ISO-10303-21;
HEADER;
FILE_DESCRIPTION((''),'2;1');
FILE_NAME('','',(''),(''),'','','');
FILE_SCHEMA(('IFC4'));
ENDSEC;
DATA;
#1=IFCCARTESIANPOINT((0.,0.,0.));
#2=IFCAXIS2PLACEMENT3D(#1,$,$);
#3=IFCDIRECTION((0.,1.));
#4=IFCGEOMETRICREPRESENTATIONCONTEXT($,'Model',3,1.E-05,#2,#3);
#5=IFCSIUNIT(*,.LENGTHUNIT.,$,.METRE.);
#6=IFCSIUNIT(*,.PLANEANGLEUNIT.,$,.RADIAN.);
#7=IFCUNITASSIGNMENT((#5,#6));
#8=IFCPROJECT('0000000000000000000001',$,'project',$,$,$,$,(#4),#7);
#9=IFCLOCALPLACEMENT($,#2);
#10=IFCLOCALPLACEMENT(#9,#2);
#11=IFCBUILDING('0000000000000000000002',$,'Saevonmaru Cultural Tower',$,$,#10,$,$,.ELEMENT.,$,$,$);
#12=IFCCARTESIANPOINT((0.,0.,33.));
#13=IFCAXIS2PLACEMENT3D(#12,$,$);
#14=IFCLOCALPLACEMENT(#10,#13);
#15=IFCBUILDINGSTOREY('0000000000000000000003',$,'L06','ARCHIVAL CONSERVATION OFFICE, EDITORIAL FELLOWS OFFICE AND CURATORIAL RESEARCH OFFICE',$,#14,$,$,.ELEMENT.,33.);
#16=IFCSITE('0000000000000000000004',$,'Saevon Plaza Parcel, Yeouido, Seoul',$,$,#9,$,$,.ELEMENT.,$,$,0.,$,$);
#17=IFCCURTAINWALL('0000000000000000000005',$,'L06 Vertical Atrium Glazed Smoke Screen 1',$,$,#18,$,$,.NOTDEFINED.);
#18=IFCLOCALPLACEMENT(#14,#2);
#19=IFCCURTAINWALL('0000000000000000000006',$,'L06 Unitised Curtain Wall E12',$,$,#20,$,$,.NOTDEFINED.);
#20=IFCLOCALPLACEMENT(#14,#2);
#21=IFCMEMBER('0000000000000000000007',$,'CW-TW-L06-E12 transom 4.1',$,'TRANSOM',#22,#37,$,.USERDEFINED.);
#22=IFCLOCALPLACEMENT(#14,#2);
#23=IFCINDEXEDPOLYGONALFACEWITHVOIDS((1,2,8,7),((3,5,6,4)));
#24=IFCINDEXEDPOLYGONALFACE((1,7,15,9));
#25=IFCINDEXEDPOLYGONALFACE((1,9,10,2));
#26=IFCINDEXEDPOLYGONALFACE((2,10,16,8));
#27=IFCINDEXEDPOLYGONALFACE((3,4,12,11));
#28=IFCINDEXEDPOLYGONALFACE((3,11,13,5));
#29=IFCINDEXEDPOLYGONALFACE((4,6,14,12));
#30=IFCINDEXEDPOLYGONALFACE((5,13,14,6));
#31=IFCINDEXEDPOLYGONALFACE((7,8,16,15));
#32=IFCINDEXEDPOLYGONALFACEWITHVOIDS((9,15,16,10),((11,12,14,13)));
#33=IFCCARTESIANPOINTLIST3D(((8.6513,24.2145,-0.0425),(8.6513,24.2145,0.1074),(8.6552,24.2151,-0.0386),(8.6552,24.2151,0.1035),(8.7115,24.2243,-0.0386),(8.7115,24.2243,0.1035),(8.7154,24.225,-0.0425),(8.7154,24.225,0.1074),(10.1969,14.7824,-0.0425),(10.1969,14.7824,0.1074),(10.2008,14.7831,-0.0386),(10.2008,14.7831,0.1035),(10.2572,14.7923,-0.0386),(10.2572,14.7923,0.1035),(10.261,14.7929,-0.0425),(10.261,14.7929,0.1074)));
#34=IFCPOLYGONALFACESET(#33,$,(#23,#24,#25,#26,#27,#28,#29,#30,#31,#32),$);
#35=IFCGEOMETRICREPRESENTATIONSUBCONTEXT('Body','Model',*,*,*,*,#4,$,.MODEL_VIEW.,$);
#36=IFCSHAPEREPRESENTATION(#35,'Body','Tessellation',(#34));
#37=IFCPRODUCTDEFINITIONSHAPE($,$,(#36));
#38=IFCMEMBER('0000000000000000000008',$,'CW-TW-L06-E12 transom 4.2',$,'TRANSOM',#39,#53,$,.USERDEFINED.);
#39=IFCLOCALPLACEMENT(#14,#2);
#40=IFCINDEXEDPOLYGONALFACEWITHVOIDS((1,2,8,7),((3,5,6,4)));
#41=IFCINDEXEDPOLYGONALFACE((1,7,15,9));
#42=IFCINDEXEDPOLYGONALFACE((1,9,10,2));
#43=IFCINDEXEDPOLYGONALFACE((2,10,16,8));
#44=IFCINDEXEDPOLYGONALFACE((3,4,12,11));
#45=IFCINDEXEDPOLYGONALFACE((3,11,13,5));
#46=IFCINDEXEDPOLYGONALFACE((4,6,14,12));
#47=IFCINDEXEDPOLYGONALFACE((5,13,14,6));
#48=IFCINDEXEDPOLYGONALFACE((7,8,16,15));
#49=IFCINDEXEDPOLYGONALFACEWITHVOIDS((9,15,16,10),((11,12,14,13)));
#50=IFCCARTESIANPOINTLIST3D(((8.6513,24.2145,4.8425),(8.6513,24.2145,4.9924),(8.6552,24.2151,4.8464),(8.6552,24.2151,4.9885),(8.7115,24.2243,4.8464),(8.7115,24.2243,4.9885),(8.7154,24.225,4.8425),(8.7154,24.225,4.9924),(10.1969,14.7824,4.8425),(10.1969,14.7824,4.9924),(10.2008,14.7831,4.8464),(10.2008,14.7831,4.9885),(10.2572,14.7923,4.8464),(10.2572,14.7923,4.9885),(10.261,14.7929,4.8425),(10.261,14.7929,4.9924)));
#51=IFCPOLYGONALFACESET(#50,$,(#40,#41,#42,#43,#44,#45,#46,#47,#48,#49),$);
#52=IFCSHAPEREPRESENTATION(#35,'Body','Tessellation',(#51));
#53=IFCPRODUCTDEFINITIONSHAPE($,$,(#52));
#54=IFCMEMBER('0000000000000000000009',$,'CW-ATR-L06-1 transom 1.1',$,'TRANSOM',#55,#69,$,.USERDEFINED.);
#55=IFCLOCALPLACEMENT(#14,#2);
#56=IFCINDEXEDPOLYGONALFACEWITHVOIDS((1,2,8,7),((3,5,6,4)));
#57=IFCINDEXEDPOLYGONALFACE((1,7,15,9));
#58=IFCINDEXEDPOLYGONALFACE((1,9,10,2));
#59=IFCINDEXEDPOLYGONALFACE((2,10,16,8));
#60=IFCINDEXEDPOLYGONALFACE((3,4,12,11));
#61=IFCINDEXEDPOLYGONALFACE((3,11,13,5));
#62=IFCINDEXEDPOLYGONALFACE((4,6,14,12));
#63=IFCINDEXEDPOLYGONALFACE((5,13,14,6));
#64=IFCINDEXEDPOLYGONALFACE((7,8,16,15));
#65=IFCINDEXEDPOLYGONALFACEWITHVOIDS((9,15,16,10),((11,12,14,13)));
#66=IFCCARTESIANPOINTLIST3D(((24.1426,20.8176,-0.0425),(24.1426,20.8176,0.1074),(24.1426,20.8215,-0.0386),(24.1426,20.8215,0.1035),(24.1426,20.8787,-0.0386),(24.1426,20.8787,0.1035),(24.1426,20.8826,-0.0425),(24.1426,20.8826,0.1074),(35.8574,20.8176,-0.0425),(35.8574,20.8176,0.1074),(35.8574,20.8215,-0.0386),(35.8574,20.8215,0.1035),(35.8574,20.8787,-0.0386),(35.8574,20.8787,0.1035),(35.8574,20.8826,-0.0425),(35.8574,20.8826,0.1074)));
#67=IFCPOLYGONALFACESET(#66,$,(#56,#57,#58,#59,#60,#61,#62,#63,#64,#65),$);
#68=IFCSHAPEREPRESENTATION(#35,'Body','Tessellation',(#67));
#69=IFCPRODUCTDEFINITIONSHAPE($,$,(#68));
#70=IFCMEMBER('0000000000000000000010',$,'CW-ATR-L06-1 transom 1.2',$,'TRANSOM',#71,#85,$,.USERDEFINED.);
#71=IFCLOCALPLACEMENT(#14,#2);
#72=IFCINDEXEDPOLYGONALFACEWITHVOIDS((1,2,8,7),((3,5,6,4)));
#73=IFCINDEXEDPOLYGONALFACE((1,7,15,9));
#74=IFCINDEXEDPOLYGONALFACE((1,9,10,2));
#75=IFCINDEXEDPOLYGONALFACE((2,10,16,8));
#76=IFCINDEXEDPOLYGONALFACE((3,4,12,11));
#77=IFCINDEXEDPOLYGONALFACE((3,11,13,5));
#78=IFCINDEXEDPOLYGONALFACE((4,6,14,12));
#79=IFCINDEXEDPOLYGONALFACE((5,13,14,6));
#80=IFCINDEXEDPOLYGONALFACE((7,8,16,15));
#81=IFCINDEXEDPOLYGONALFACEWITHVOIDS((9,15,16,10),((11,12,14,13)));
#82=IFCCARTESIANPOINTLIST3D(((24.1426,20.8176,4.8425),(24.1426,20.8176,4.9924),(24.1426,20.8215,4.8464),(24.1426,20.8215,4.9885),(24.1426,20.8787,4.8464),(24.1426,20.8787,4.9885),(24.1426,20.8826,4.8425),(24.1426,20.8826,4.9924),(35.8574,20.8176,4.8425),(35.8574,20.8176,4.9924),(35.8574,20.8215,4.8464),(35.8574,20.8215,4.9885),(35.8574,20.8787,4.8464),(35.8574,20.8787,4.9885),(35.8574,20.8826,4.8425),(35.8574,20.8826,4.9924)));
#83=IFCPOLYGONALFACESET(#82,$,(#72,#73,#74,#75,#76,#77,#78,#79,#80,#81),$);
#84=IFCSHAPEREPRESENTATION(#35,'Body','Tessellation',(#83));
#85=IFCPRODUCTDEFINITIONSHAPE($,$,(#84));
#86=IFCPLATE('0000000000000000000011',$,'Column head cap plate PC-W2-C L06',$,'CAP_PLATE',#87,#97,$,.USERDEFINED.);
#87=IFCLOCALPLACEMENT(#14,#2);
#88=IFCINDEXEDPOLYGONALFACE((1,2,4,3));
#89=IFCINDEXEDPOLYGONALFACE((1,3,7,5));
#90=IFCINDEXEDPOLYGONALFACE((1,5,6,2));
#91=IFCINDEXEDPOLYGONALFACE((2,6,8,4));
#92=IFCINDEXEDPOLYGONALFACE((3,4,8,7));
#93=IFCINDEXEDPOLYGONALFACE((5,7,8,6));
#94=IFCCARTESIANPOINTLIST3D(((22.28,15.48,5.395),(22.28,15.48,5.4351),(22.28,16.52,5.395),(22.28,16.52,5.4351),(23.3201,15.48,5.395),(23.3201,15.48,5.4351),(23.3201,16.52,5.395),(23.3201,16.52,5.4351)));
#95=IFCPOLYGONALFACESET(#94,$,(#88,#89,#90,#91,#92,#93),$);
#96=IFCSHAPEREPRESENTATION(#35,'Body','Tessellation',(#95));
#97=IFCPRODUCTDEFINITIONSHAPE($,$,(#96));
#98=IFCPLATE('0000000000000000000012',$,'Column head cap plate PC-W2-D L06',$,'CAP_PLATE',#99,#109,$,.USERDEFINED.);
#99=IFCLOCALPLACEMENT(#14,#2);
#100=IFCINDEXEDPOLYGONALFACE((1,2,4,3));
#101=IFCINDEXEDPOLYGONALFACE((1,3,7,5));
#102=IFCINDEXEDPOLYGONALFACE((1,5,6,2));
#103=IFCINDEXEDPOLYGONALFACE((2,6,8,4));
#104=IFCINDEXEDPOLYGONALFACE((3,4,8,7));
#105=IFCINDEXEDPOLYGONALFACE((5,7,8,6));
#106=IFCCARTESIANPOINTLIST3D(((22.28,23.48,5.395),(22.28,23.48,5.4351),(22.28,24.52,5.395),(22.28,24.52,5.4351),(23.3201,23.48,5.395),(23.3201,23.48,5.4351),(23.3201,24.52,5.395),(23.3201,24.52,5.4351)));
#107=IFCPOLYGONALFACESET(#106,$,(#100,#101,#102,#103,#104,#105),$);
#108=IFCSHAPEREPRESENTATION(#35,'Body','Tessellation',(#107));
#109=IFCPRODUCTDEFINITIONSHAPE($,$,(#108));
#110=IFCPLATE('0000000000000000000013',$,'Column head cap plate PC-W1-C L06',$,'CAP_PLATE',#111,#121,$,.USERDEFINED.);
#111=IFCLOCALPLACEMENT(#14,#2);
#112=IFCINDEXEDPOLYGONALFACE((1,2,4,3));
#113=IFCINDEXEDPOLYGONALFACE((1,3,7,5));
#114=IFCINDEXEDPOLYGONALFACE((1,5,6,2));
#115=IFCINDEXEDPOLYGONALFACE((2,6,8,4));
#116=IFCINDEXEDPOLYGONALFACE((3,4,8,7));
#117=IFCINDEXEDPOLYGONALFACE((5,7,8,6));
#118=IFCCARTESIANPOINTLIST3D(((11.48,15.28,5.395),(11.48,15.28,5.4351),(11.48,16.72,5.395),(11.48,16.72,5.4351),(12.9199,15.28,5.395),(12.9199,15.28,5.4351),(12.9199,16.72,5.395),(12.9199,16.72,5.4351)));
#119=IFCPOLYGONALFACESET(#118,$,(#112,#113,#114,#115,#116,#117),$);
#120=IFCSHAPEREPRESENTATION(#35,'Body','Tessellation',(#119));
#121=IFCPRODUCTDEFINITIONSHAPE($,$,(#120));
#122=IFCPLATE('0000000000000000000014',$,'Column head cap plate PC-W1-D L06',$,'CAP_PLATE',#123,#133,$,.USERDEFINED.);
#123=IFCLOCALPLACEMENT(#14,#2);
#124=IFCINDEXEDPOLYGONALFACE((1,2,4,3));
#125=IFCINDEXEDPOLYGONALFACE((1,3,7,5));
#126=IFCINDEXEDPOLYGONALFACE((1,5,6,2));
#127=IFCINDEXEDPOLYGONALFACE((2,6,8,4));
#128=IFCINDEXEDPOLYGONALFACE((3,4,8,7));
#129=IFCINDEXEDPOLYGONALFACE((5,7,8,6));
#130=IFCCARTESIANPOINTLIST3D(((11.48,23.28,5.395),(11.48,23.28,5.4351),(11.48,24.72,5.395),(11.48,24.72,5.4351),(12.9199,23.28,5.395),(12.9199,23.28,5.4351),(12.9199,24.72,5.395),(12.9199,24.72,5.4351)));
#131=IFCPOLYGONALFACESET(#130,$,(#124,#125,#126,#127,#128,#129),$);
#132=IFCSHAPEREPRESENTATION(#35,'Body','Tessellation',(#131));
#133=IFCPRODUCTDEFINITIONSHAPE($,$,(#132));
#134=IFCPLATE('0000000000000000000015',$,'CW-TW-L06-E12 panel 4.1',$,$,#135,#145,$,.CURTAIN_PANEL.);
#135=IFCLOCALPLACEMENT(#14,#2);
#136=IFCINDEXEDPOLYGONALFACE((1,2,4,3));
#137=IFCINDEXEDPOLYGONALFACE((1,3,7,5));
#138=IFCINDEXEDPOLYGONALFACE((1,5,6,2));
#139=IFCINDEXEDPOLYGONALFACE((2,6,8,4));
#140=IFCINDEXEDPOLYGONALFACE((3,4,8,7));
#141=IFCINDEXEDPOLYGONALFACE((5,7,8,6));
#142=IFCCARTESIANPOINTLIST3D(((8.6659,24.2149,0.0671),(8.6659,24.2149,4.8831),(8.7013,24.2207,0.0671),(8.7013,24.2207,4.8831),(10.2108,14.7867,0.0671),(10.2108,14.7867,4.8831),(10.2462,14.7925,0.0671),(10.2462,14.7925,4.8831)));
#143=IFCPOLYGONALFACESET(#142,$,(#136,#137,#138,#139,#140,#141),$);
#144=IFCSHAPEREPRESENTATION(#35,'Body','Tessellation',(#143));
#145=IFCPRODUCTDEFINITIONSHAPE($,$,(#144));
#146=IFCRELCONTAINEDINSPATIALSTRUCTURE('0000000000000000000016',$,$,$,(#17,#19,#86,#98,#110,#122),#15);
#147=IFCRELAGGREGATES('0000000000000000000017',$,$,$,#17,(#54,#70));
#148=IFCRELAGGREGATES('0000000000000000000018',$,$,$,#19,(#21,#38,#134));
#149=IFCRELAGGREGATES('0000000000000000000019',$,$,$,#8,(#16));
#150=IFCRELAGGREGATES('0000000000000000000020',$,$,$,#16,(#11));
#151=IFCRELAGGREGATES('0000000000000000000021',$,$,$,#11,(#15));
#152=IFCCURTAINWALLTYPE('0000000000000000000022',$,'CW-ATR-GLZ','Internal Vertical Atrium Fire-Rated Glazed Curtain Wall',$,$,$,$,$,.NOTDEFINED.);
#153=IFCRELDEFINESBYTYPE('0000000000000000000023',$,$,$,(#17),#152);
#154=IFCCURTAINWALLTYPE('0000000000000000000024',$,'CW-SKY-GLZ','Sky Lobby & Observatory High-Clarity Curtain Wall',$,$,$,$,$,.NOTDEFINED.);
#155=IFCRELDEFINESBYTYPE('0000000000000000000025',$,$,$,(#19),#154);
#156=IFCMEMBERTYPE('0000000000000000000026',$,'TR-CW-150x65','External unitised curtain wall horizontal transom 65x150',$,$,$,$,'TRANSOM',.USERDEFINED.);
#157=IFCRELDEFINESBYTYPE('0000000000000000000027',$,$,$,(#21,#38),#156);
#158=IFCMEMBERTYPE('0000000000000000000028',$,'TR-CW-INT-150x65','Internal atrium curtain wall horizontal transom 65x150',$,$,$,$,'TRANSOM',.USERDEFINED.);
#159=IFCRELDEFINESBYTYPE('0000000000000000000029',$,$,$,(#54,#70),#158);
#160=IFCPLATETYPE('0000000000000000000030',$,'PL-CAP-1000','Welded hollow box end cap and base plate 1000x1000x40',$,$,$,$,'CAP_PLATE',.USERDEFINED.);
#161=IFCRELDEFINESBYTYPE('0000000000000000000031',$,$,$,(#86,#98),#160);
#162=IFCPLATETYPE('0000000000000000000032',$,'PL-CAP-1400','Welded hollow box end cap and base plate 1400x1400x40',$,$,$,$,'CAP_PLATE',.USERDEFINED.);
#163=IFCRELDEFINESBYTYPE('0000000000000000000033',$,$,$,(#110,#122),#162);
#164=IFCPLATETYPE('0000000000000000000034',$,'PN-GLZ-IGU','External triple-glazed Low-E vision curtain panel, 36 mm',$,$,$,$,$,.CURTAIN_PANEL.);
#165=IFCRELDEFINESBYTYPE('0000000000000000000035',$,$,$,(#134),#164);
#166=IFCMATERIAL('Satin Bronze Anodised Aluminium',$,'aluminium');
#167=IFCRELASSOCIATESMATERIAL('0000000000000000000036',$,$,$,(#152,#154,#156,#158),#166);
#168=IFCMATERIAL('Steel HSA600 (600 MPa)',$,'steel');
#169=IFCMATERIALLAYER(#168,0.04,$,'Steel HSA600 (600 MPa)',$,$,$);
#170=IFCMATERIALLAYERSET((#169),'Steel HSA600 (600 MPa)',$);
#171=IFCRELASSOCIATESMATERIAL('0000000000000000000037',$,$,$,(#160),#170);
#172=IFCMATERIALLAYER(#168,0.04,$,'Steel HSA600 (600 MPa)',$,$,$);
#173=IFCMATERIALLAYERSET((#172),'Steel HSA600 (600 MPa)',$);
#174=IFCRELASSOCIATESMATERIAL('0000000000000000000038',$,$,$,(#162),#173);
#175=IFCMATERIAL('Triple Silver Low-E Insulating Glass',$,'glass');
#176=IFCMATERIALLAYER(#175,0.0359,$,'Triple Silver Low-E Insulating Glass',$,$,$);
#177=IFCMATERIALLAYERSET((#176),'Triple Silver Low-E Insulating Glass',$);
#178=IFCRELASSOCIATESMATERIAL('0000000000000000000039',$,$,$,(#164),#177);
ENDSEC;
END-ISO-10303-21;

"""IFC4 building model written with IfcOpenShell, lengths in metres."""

from ifc_helpers import new_model, si_unit, direction, frame, origin, origin_2d, place, context, subcontext, project, spatial, rectangle, hollow_rectangle, extrude, material, layer, layer_set, material_profile, profile_set, type_object, element, aggregate, save


model = new_model("IFC4")

# Units and contexts
model_context = context("Model", 3, precision=1e-05, world=origin(), true_north=direction((0.0, 1.0)))
body_context = subcontext(model_context, "Body", "Model", "MODEL_VIEW")
ifc_project = project(units=[si_unit("LENGTHUNIT", "METRE"), si_unit("PLANEANGLEUNIT", "RADIAN")], contexts=[model_context])

# Site, building, storey
site_placement = place(None, origin())
site = spatial("IfcSite", under=ifc_project, at=site_placement, Name="Saevon Plaza Parcel, Yeouido, Seoul", CompositionType="ELEMENT", RefElevation=0.0)
building_placement = place(site_placement, origin())
building = spatial("IfcBuilding", under=site, at=building_placement, Name="Saevonmaru Cultural Tower", CompositionType="ELEMENT")
storey_placement = place(building_placement, frame((0.0, 0.0, 33.0)))
storey = spatial("IfcBuildingStorey", under=building, at=storey_placement, Name="L06", Description="ARCHIVAL CONSERVATION OFFICE, EDITORIAL FELLOWS OFFICE AND CURATORIAL RESEARCH OFFICE", CompositionType="ELEMENT", Elevation=33.0)

# Shared definitions
ifc_material_1 = material(Name="Steel HSA600 (600 MPa)", Category="steel")

# Curtain wall
ifc_material_2 = material(Name="Satin Bronze Anodised Aluminium", Category="aluminium")
curtain_wall_type_1 = type_object("IfcCurtainWallType", Name="CW-ATR-GLZ", Description="Internal Vertical Atrium Fire-Rated Glazed Curtain Wall", PredefinedType="NOTDEFINED", material=ifc_material_2)
curtain_wall_1_placement = place(storey_placement, origin())
curtain_wall_1 = element("IfcCurtainWall", 1, at=curtain_wall_1_placement, inside=storey, type_object=curtain_wall_type_1, Name="L06 Vertical Atrium Glazed Smoke Screen 1", PredefinedType="NOTDEFINED")

# Curtain wall, members
curtain_wall_type_2 = type_object("IfcCurtainWallType", Name="CW-SKY-GLZ", Description="Sky Lobby & Observatory High-Clarity Curtain Wall", PredefinedType="NOTDEFINED", material=ifc_material_2)
curtain_wall_2_placement = place(storey_placement, origin())
curtain_wall_2 = element("IfcCurtainWall", 2, at=curtain_wall_2_placement, inside=storey, type_object=curtain_wall_type_2, Name="L06 Unitised Curtain Wall E12", PredefinedType="NOTDEFINED")
ifc_material_profile_1 = material_profile(ifc_material_2, hollow_rectangle(XDim=0.0649, YDim=0.1499, WallThickness=0.0039, at=origin_2d()), Name="ALU-TRAN-150x65x4")
ifc_profile_set_1 = profile_set([ifc_material_profile_1], Name="Satin Bronze Anodised Aluminium")
member_type_1 = type_object("IfcMemberType", Name="TR-CW-150x65", Description="External unitised curtain wall horizontal transom 65x150", ElementType="TRANSOM", PredefinedType="USERDEFINED", material=ifc_profile_set_1)
member_1_placement = place(storey_placement, frame((8.6833, 24.2197, 0.0325), z_axis=(0.161714, -0.986838, 0.0), x_axis=(0.986838, 0.161714, 0.0)))
member_1 = element("IfcMember", 3, at=member_1_placement, type_object=member_type_1, Name="CW-TW-L06-E12 transom 4.1", ObjectType="TRANSOM", PredefinedType="USERDEFINED", context=body_context, shape_type="SweptSolid", body=[
    extrude(hollow_rectangle(XDim=0.0649, YDim=0.1499, WallThickness=0.0039, at=origin_2d()), origin(), (0.0, 0.0, 1.0), 9.5579),
])
member_2_placement = place(storey_placement, frame((8.6833, 24.2197, 4.9175), z_axis=(0.161714, -0.986838, 0.0), x_axis=(0.986838, 0.161714, 0.0)))
member_2 = element("IfcMember", 4, at=member_2_placement, type_object=member_type_1, Name="CW-TW-L06-E12 transom 4.2", ObjectType="TRANSOM", PredefinedType="USERDEFINED", context=body_context, shape_type="SweptSolid", body=[
    extrude(hollow_rectangle(XDim=0.0649, YDim=0.1499, WallThickness=0.0039, at=origin_2d()), origin(), (0.0, 0.0, 1.0), 9.5579),
])

# Members
ifc_material_profile_2 = material_profile(ifc_material_2, hollow_rectangle(XDim=0.0649, YDim=0.1499, WallThickness=0.0039, at=origin_2d()), Name="ALU-TRAN-150x65x4")
ifc_profile_set_2 = profile_set([ifc_material_profile_2], Name="Satin Bronze Anodised Aluminium")
member_type_2 = type_object("IfcMemberType", Name="TR-CW-INT-150x65", Description="Internal atrium curtain wall horizontal transom 65x150", ElementType="TRANSOM", PredefinedType="USERDEFINED", material=ifc_profile_set_2)
member_3_placement = place(storey_placement, frame((24.1426, 20.8501, 0.0325), z_axis=(1.0, 0.0, 0.0), x_axis=(0.0, 1.0, 0.0)))
member_3 = element("IfcMember", 5, at=member_3_placement, type_object=member_type_2, Name="CW-ATR-L06-1 transom 1.1", ObjectType="TRANSOM", PredefinedType="USERDEFINED", context=body_context, shape_type="SweptSolid", body=[
    extrude(hollow_rectangle(XDim=0.0649, YDim=0.1499, WallThickness=0.0039, at=origin_2d()), origin(), (0.0, 0.0, 1.0), 11.7148),
])
member_4_placement = place(storey_placement, frame((24.1426, 20.8501, 4.9175), z_axis=(1.0, 0.0, 0.0), x_axis=(0.0, 1.0, 0.0)))
member_4 = element("IfcMember", 6, at=member_4_placement, type_object=member_type_2, Name="CW-ATR-L06-1 transom 1.2", ObjectType="TRANSOM", PredefinedType="USERDEFINED", context=body_context, shape_type="SweptSolid", body=[
    extrude(hollow_rectangle(XDim=0.0649, YDim=0.1499, WallThickness=0.0039, at=origin_2d()), origin(), (0.0, 0.0, 1.0), 11.7148),
])
aggregate(curtain_wall_1, [member_3, member_4])

# Plates
ifc_layer_1 = layer(ifc_material_1, 0.04, Name="Steel HSA600 (600 MPa)")
ifc_layer_set_1 = layer_set([ifc_layer_1], Name="Steel HSA600 (600 MPa)")
plate_type_1 = type_object("IfcPlateType", Name="PL-CAP-1000", Description="Welded hollow box end cap and base plate 1000x1000x40", ElementType="CAP_PLATE", PredefinedType="USERDEFINED", material=ifc_layer_set_1)
for number, where, z_axis, x_axis, name in (
    (7, (22.8, 16.0, 5.395), (0.0, 0.0, 1.0), (1.0, 0.0, 0.0), "Column head cap plate PC-W2-C L06"),
    (8, (22.8, 24.0, 5.395), (0.0, 0.0, 1.0), (1.0, 0.0, 0.0), "Column head cap plate PC-W2-D L06"),
):
    element("IfcPlate", number, at=place(storey_placement, frame(where, z_axis=z_axis, x_axis=x_axis)), inside=storey, type_object=plate_type_1, Name=name, ObjectType="CAP_PLATE", PredefinedType="USERDEFINED", context=body_context, shape_type="SweptSolid", body=[
        extrude(rectangle(XDim=1.04, YDim=1.04, at=origin_2d()), origin(), (0.0, 0.0, 1.0), 0.04),
    ])
ifc_layer_2 = layer(ifc_material_1, 0.04, Name="Steel HSA600 (600 MPa)")
ifc_layer_set_2 = layer_set([ifc_layer_2], Name="Steel HSA600 (600 MPa)")
plate_type_2 = type_object("IfcPlateType", Name="PL-CAP-1400", Description="Welded hollow box end cap and base plate 1400x1400x40", ElementType="CAP_PLATE", PredefinedType="USERDEFINED", material=ifc_layer_set_2)
for number, where, z_axis, x_axis, name in (
    (9, (12.2, 16.0, 5.395), (0.0, 0.0, 1.0), (1.0, 0.0, 0.0), "Column head cap plate PC-W1-C L06"),
    (10, (12.2, 24.0, 5.395), (0.0, 0.0, 1.0), (1.0, 0.0, 0.0), "Column head cap plate PC-W1-D L06"),
):
    element("IfcPlate", number, at=place(storey_placement, frame(where, z_axis=z_axis, x_axis=x_axis)), inside=storey, type_object=plate_type_2, Name=name, ObjectType="CAP_PLATE", PredefinedType="USERDEFINED", context=body_context, shape_type="SweptSolid", body=[
        extrude(rectangle(XDim=1.4399, YDim=1.4399, at=origin_2d()), origin(), (0.0, 0.0, 1.0), 0.04),
    ])

# Plate
ifc_material_3 = material(Name="Triple Silver Low-E Insulating Glass", Category="glass")
ifc_layer_3 = layer(ifc_material_3, 0.0359, Name="Triple Silver Low-E Insulating Glass")
ifc_layer_set_3 = layer_set([ifc_layer_3], Name="Triple Silver Low-E Insulating Glass")
plate_type_3 = type_object("IfcPlateType", Name="PN-GLZ-IGU", Description="External triple-glazed Low-E vision curtain panel, 36 mm", PredefinedType="CURTAIN_PANEL", material=ifc_layer_set_3)
plate_placement = place(storey_placement, frame((9.4561, 19.5037, 0.0671), z_axis=(0.0, 0.0, 1.0), x_axis=(0.161709, -0.986839, 0.0)))
plate = element("IfcPlate", 11, at=plate_placement, type_object=plate_type_3, Name="CW-TW-L06-E12 panel 4.1", PredefinedType="CURTAIN_PANEL", context=body_context, shape_type="SweptSolid", body=[
    extrude(rectangle(XDim=9.554, YDim=0.0359, at=origin_2d()), origin(), (0.0, 0.0, 1.0), 4.8159),
])
aggregate(curtain_wall_2, [member_1, member_2, plate])

save(model, "model.ifc")
